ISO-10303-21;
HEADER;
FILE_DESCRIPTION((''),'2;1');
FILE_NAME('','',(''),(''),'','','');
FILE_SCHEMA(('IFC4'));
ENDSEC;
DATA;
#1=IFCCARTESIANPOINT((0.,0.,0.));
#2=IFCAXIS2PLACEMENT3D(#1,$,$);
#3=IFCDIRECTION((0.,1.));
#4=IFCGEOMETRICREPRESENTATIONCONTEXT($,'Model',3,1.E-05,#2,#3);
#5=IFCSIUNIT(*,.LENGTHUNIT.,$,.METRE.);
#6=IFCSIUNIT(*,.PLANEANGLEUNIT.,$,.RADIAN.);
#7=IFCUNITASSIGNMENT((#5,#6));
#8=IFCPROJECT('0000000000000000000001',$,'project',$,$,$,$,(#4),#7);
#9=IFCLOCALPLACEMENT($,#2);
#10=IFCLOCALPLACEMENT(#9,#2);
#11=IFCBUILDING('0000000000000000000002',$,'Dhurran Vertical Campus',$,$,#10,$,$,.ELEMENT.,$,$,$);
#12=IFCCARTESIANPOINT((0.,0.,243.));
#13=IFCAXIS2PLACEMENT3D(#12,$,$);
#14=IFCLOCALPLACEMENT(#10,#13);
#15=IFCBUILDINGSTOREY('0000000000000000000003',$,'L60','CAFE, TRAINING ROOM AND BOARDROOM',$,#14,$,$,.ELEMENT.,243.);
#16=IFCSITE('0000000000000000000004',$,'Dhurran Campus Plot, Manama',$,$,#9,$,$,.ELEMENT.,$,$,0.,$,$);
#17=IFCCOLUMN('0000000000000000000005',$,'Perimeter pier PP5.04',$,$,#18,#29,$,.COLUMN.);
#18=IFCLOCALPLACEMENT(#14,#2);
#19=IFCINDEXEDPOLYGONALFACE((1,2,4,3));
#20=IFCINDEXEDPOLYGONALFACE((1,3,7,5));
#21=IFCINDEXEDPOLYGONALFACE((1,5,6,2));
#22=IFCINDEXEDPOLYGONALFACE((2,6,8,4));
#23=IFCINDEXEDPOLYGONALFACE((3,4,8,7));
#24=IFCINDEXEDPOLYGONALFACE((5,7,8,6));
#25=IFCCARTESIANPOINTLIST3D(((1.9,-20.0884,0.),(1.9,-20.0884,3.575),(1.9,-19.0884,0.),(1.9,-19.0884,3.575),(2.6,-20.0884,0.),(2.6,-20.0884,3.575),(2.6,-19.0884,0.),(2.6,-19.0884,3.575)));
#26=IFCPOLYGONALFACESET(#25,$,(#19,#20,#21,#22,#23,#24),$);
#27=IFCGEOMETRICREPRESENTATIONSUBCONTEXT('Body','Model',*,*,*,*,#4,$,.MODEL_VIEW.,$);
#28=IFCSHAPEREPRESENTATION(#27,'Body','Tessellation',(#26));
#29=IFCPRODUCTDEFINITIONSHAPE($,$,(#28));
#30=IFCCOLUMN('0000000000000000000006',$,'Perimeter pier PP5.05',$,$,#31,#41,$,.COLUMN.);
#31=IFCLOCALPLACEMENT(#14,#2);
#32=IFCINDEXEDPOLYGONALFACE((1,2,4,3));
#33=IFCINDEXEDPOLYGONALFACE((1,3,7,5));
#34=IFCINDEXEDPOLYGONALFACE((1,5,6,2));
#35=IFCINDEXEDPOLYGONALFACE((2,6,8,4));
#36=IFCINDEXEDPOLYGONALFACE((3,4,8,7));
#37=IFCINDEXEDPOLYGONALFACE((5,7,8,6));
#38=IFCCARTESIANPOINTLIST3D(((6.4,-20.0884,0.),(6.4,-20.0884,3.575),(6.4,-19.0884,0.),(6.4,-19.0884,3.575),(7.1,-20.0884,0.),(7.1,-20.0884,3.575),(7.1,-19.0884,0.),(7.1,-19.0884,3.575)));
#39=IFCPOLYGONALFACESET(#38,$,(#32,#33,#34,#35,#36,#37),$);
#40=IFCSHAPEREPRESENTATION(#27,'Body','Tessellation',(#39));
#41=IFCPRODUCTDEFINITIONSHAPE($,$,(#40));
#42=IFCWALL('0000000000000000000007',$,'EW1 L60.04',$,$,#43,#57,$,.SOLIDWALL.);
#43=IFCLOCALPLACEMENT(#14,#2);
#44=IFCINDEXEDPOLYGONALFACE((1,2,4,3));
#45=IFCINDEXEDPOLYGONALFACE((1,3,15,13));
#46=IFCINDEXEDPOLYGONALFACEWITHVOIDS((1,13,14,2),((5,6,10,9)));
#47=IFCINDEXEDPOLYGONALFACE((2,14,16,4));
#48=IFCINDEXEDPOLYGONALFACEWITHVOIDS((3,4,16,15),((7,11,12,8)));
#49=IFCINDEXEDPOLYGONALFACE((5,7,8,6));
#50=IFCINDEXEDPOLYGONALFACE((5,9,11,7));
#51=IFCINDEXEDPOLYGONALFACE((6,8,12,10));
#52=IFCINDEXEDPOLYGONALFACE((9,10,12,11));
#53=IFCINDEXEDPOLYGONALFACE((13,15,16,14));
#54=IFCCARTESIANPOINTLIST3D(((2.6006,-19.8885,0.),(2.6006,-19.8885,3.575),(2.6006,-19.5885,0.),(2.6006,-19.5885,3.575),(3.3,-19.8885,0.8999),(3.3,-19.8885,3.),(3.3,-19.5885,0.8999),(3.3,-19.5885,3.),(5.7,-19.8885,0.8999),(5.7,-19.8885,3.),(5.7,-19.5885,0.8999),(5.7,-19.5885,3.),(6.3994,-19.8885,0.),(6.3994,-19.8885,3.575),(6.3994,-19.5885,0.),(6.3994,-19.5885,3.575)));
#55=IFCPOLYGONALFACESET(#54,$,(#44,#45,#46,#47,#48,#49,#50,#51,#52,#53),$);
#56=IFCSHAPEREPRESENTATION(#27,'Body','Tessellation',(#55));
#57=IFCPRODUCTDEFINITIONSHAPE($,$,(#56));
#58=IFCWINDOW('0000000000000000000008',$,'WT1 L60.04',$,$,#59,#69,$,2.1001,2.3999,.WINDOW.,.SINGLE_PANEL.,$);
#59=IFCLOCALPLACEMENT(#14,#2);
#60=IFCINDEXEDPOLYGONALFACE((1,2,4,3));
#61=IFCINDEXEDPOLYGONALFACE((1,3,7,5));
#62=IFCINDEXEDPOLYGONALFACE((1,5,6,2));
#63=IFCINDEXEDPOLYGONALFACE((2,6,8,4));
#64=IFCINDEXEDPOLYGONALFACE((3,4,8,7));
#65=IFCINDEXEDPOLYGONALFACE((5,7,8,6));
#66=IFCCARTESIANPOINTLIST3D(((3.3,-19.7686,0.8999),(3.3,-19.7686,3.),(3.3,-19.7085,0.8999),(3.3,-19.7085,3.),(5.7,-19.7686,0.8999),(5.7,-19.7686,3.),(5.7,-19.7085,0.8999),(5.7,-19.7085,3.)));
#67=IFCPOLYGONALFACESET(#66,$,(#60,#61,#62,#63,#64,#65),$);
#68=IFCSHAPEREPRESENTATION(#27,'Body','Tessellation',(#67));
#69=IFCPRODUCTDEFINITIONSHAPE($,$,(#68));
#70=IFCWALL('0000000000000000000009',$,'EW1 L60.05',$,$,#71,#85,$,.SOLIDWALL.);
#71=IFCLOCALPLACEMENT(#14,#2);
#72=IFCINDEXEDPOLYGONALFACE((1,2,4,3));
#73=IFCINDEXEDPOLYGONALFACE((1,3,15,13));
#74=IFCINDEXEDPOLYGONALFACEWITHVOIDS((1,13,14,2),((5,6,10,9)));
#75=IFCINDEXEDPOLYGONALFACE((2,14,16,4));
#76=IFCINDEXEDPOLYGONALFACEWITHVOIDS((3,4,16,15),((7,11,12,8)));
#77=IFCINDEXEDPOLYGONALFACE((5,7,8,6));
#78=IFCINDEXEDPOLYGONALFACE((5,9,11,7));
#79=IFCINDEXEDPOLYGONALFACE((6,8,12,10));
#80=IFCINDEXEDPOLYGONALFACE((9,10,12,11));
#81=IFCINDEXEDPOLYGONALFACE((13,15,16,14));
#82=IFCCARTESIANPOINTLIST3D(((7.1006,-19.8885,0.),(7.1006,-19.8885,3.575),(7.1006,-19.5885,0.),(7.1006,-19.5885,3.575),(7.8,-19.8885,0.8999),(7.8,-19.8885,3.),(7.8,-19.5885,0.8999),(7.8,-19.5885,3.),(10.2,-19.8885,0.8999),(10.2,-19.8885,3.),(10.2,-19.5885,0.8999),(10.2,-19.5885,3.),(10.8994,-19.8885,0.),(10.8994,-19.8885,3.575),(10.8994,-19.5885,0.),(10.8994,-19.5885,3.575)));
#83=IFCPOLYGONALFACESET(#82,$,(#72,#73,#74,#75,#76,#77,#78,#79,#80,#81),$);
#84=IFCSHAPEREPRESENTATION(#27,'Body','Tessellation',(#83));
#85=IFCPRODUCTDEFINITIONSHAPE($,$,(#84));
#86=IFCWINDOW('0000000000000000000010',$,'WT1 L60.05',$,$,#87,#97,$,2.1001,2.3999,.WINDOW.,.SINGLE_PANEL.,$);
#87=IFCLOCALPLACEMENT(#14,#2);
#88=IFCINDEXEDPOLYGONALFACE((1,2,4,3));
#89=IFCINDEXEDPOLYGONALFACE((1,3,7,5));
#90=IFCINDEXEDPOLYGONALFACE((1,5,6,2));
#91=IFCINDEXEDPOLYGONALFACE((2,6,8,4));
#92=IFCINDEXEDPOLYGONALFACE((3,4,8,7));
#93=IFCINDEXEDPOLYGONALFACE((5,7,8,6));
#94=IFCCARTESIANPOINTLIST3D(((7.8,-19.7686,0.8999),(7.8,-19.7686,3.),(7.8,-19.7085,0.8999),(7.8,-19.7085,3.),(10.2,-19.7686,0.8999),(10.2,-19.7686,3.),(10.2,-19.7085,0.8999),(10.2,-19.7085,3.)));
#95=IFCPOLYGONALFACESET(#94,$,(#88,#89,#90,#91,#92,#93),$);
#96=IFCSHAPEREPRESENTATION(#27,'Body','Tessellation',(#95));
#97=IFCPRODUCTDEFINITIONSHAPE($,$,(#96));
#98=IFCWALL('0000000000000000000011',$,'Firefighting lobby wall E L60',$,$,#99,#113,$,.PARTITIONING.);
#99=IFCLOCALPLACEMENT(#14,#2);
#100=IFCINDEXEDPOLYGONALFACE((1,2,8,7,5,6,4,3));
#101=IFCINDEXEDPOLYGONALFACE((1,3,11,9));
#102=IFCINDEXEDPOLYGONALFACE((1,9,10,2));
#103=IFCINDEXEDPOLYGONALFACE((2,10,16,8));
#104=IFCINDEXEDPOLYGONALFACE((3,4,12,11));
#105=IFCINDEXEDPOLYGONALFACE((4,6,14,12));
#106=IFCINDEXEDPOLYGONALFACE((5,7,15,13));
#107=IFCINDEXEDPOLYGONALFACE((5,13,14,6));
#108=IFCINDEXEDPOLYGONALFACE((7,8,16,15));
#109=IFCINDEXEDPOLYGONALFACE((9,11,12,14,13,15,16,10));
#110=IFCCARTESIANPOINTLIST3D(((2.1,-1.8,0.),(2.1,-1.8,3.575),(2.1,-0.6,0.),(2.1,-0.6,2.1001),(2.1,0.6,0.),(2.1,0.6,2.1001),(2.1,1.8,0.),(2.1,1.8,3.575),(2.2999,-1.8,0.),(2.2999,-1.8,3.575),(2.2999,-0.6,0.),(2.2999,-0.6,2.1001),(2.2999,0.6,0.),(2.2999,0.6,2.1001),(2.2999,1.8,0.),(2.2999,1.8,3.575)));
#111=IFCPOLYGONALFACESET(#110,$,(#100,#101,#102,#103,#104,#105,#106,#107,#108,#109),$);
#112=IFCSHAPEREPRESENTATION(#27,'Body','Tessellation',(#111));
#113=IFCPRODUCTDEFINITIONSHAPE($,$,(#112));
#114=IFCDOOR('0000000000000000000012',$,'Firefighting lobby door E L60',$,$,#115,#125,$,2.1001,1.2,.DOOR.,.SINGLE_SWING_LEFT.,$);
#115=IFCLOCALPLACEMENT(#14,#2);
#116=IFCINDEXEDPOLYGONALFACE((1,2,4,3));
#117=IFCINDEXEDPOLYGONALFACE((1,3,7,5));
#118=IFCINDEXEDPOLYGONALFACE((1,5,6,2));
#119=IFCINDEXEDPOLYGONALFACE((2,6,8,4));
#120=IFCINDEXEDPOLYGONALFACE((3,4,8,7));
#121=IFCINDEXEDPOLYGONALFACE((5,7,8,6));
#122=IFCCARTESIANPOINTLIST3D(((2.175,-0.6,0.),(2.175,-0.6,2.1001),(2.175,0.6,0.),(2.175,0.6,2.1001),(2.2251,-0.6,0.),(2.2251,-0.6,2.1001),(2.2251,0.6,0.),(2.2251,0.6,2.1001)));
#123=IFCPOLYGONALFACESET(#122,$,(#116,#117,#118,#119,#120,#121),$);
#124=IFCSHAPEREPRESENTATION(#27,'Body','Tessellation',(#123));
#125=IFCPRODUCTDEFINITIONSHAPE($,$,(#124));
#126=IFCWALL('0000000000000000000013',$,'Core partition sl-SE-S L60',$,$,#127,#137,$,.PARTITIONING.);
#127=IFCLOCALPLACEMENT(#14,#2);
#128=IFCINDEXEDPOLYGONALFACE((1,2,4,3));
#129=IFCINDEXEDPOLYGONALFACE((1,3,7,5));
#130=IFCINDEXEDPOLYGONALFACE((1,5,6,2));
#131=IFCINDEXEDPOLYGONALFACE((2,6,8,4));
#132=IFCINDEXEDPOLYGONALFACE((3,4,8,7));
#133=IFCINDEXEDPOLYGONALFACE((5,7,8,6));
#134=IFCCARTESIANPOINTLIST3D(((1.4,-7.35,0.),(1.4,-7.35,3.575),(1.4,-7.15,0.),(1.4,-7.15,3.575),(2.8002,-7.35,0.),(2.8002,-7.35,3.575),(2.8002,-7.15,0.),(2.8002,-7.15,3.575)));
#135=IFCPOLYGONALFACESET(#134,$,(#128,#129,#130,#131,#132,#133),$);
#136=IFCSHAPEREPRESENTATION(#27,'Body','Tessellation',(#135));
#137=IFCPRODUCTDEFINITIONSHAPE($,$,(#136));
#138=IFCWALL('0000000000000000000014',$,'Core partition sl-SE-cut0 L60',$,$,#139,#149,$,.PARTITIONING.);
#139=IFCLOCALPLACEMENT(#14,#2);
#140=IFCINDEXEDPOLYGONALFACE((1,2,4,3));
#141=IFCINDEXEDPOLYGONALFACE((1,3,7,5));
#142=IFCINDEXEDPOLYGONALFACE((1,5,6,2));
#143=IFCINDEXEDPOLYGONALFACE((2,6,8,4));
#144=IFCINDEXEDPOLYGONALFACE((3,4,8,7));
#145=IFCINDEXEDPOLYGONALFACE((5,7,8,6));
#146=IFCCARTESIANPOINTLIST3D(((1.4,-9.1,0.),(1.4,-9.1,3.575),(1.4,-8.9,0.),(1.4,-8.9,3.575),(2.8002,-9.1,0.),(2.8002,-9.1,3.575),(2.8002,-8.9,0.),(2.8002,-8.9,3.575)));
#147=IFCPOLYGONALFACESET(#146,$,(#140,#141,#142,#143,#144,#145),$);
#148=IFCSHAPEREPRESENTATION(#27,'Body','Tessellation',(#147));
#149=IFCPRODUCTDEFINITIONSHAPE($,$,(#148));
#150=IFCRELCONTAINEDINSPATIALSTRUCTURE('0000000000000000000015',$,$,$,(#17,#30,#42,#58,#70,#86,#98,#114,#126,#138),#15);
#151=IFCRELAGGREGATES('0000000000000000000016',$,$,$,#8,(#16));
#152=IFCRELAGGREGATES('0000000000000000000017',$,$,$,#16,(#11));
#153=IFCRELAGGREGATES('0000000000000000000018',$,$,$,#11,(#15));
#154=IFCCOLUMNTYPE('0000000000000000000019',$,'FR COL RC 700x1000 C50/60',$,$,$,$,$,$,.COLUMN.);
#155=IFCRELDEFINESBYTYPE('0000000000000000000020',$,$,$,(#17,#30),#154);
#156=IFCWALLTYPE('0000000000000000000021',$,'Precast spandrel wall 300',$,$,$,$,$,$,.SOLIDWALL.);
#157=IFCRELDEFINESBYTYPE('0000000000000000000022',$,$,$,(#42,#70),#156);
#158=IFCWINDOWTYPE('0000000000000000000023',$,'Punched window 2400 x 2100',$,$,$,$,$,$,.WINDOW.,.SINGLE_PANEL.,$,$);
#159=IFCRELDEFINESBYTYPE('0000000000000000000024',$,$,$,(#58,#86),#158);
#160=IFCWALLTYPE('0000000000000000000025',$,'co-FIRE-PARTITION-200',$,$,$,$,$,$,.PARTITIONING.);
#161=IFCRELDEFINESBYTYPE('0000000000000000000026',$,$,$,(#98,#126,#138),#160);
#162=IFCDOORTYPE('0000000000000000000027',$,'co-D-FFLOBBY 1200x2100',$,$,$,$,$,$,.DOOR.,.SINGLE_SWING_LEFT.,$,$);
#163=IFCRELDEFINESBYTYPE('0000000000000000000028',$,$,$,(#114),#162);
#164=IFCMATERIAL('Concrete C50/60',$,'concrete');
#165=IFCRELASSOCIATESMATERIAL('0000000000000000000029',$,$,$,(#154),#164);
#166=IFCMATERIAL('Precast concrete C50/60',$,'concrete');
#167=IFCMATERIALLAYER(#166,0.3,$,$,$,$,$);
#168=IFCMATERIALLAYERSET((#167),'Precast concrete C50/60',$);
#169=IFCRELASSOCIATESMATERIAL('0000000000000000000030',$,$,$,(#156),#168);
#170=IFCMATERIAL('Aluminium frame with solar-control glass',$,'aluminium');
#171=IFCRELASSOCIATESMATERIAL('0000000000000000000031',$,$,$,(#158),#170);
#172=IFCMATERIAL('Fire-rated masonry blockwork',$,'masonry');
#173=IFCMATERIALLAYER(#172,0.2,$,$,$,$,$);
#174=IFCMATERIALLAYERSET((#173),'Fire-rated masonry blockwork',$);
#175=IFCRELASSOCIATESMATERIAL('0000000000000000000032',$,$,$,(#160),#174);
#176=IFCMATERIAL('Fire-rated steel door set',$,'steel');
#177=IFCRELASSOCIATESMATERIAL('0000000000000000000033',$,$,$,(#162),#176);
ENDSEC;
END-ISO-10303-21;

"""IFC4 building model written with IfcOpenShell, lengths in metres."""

from ifc_helpers import new_model, si_unit, direction, frame, frame_2d, origin, origin_2d, place, context, subcontext, project, spatial, rectangle, extrude, material, layer, layer_set, material_profile, profile_set, type_object, element, fill, save


model = new_model("IFC4")

# Units and contexts
model_context = context("Model", 3, precision=1e-05, world=origin(), true_north=direction((0.0, 1.0)))
body_context = subcontext(model_context, "Body", "Model", "MODEL_VIEW")
ifc_project = project(units=[si_unit("LENGTHUNIT", "METRE"), si_unit("PLANEANGLEUNIT", "RADIAN")], contexts=[model_context])

# Site, building, storey
site_placement = place(None, origin())
site = spatial("IfcSite", under=ifc_project, at=site_placement, Name="Dhurran Campus Plot, Manama", CompositionType="ELEMENT", RefElevation=0.0)
building_placement = place(site_placement, origin())
building = spatial("IfcBuilding", under=site, at=building_placement, Name="Dhurran Vertical Campus", CompositionType="ELEMENT")
storey_placement = place(building_placement, frame((0.0, 0.0, 243.0)))
storey = spatial("IfcBuildingStorey", under=building, at=storey_placement, Name="L60", Description="CAFE, TRAINING ROOM AND BOARDROOM", CompositionType="ELEMENT", Elevation=243.0)

# Columns
ifc_material_1 = material(Name="Concrete C50/60", Category="concrete")
ifc_material_profile = material_profile(ifc_material_1, rectangle(XDim=0.7, YDim=1.0, at=origin_2d()), Name="RC 700x1000")
ifc_profile_set = profile_set([ifc_material_profile], Name="Concrete C50/60")
column_type = type_object("IfcColumnType", Name="FR COL RC 700x1000 C50/60", PredefinedType="COLUMN", material=ifc_profile_set)
for number, where, z_axis, x_axis, name in (
    (1, (2.25, -19.5884, 0.0), (0.0, 0.0, 1.0), (1.0, 0.0, 0.0), "Perimeter pier PP5.04"),
    (2, (6.75, -19.5884, 0.0), (0.0, 0.0, 1.0), (1.0, 0.0, 0.0), "Perimeter pier PP5.05"),
):
    element("IfcColumn", number, at=place(storey_placement, frame(where, z_axis=z_axis, x_axis=x_axis)), inside=storey, type_object=column_type, Name=name, PredefinedType="COLUMN", context=body_context, shape_type="SweptSolid", body=[
        extrude(rectangle(XDim=0.7, YDim=1.0, at=origin_2d()), origin(), (0.0, 0.0, 1.0), 3.575),
    ])

# Walls, openings, windows
ifc_material_2 = material(Name="Precast concrete C50/60", Category="concrete")
ifc_layer_1 = layer(ifc_material_2, 0.3)
ifc_layer_set_1 = layer_set([ifc_layer_1], Name="Precast concrete C50/60")
wall_type_1 = type_object("IfcWallType", Name="Precast spandrel wall 300", PredefinedType="SOLIDWALL", material=ifc_layer_set_1)
wall_1_placement = place(storey_placement, frame((2.6006, -19.7385, 0.0), z_axis=(0.0, 0.0, 1.0), x_axis=(1.0, 0.0, 0.0)))
wall_1 = element("IfcWall", 3, at=wall_1_placement, inside=storey, type_object=wall_type_1, Name="EW1 L60.04", PredefinedType="SOLIDWALL", context=body_context, shape_type="SweptSolid", body=[
    extrude(rectangle(XDim=3.7988, YDim=0.3, at=frame_2d((1.8994, 0.0))), origin(), (0.0, 0.0, 1.0), 3.575),
])
opening_1_placement = place(wall_1_placement, frame((0.6995, 0.0, 0.8999)))
opening_1 = element("IfcOpeningElement", 4, at=opening_1_placement, cuts=wall_1, PredefinedType="OPENING", context=body_context, shape_type="SweptSolid", body=[
    extrude(rectangle(XDim=2.3999, YDim=2.1001, at=frame_2d((1.2, 1.05))), frame((0.0, 0.1599, 0.0), z_axis=(0.0, -1.0, 0.0), x_axis=(1.0, 0.0, 0.0)), (0.0, 0.0, 1.0), 0.3201),
])
ifc_material_3 = material(Name="Aluminium frame with solar-control glass", Category="aluminium")
window_type = type_object("IfcWindowType", Name="Punched window 2400 x 2100", PartitioningType="SINGLE_PANEL", PredefinedType="WINDOW", material=ifc_material_3)
window_1_placement = place(opening_1_placement, origin())
window_1 = element("IfcWindow", 5, at=window_1_placement, inside=storey, type_object=window_type, Name="WT1 L60.04", OverallHeight=2.1001, OverallWidth=2.3999, PartitioningType="SINGLE_PANEL", PredefinedType="WINDOW", context=body_context, shape_type="SweptSolid", body=[
    extrude(rectangle(XDim=2.3999, YDim=2.1001, at=frame_2d((1.2, 1.05))), frame((0.0, 0.03, 0.0), z_axis=(0.0, -1.0, 0.0), x_axis=(1.0, 0.0, 0.0)), (0.0, 0.0, 1.0), 0.0601),
])
fill(opening_1, window_1)
wall_2_placement = place(storey_placement, frame((7.1006, -19.7385, 0.0), z_axis=(0.0, 0.0, 1.0), x_axis=(1.0, 0.0, 0.0)))
wall_2 = element("IfcWall", 6, at=wall_2_placement, inside=storey, type_object=wall_type_1, Name="EW1 L60.05", PredefinedType="SOLIDWALL", context=body_context, shape_type="SweptSolid", body=[
    extrude(rectangle(XDim=3.7988, YDim=0.3, at=frame_2d((1.8994, 0.0))), origin(), (0.0, 0.0, 1.0), 3.575),
])
opening_2_placement = place(wall_2_placement, frame((0.6995, 0.0, 0.8999)))
opening_2 = element("IfcOpeningElement", 7, at=opening_2_placement, cuts=wall_2, PredefinedType="OPENING", context=body_context, shape_type="SweptSolid", body=[
    extrude(rectangle(XDim=2.3999, YDim=2.1001, at=frame_2d((1.2, 1.05))), frame((0.0, 0.1599, 0.0), z_axis=(0.0, -1.0, 0.0), x_axis=(1.0, 0.0, 0.0)), (0.0, 0.0, 1.0), 0.3201),
])
window_2_placement = place(opening_2_placement, origin())
window_2 = element("IfcWindow", 8, at=window_2_placement, inside=storey, type_object=window_type, Name="WT1 L60.05", OverallHeight=2.1001, OverallWidth=2.3999, PartitioningType="SINGLE_PANEL", PredefinedType="WINDOW", context=body_context, shape_type="SweptSolid", body=[
    extrude(rectangle(XDim=2.3999, YDim=2.1001, at=frame_2d((1.2, 1.05))), frame((0.0, 0.03, 0.0), z_axis=(0.0, -1.0, 0.0), x_axis=(1.0, 0.0, 0.0)), (0.0, 0.0, 1.0), 0.0601),
])
fill(opening_2, window_2)

# Wall, opening, door
ifc_material_4 = material(Name="Fire-rated masonry blockwork", Category="masonry")
ifc_layer_2 = layer(ifc_material_4, 0.2)
ifc_layer_set_2 = layer_set([ifc_layer_2], Name="Fire-rated masonry blockwork")
wall_type_2 = type_object("IfcWallType", Name="co-FIRE-PARTITION-200", PredefinedType="PARTITIONING", material=ifc_layer_set_2)
wall_3_placement = place(storey_placement, frame((2.2, -1.8, 0.0), z_axis=(0.0, 0.0, 1.0), x_axis=(0.0, 1.0, 0.0)))
wall_3 = element("IfcWall", 9, at=wall_3_placement, inside=storey, type_object=wall_type_2, Name="Firefighting lobby wall E L60", PredefinedType="PARTITIONING", context=body_context, shape_type="SweptSolid", body=[
    extrude(rectangle(XDim=3.6001, YDim=0.2, at=frame_2d((1.8, 0.0))), origin(), (0.0, 0.0, 1.0), 3.575),
])
opening_3_placement = place(wall_3_placement, frame((1.2, 0.0, 0.0)))
opening_3 = element("IfcOpeningElement", 10, at=opening_3_placement, cuts=wall_3, PredefinedType="OPENING", context=body_context, shape_type="SweptSolid", body=[
    extrude(rectangle(XDim=1.2, YDim=2.1001, at=frame_2d((0.6001, 1.05))), frame((0.0, 0.1099, 0.0), z_axis=(0.0, -1.0, 0.0), x_axis=(1.0, 0.0, 0.0)), (0.0, 0.0, 1.0), 0.22),
])
ifc_material_5 = material(Name="Fire-rated steel door set", Category="steel")
door_type_1 = type_object("IfcDoorType", Name="co-D-FFLOBBY 1200x2100", OperationType="SINGLE_SWING_LEFT", PredefinedType="DOOR", material=ifc_material_5)
door_1_placement = place(opening_3_placement, origin())
door_1 = element("IfcDoor", 11, at=door_1_placement, inside=storey, type_object=door_type_1, Name="Firefighting lobby door E L60", OperationType="SINGLE_SWING_LEFT", OverallHeight=2.1001, OverallWidth=1.2, PredefinedType="DOOR", context=body_context, shape_type="SweptSolid", body=[
    extrude(rectangle(XDim=1.2, YDim=2.1001, at=frame_2d((0.6001, 1.05))), frame((0.0, 0.0249, 0.0), z_axis=(0.0, -1.0, 0.0), x_axis=(1.0, 0.0, 0.0)), (0.0, 0.0, 1.0), 0.05),
])
fill(opening_3, door_1)

# Walls
for number, where, z_axis, x_axis, name in (
    (12, (1.3999, -7.25, 0.0), (0.0, 0.0, 1.0), (1.0, 0.0, 0.0), "Core partition sl-SE-S L60"),
    (13, (1.3999, -9.0, 0.0), (0.0, 0.0, 1.0), (1.0, 0.0, 0.0), "Core partition sl-SE-cut0 L60"),
):
    element("IfcWall", number, at=place(storey_placement, frame(where, z_axis=z_axis, x_axis=x_axis)), inside=storey, type_object=wall_type_2, Name=name, PredefinedType="PARTITIONING", context=body_context, shape_type="SweptSolid", body=[
        extrude(rectangle(XDim=1.4001, YDim=0.2, at=frame_2d((0.7002, 0.0))), origin(), (0.0, 0.0, 1.0), 3.575),
    ])

save(model, "model.ifc")
